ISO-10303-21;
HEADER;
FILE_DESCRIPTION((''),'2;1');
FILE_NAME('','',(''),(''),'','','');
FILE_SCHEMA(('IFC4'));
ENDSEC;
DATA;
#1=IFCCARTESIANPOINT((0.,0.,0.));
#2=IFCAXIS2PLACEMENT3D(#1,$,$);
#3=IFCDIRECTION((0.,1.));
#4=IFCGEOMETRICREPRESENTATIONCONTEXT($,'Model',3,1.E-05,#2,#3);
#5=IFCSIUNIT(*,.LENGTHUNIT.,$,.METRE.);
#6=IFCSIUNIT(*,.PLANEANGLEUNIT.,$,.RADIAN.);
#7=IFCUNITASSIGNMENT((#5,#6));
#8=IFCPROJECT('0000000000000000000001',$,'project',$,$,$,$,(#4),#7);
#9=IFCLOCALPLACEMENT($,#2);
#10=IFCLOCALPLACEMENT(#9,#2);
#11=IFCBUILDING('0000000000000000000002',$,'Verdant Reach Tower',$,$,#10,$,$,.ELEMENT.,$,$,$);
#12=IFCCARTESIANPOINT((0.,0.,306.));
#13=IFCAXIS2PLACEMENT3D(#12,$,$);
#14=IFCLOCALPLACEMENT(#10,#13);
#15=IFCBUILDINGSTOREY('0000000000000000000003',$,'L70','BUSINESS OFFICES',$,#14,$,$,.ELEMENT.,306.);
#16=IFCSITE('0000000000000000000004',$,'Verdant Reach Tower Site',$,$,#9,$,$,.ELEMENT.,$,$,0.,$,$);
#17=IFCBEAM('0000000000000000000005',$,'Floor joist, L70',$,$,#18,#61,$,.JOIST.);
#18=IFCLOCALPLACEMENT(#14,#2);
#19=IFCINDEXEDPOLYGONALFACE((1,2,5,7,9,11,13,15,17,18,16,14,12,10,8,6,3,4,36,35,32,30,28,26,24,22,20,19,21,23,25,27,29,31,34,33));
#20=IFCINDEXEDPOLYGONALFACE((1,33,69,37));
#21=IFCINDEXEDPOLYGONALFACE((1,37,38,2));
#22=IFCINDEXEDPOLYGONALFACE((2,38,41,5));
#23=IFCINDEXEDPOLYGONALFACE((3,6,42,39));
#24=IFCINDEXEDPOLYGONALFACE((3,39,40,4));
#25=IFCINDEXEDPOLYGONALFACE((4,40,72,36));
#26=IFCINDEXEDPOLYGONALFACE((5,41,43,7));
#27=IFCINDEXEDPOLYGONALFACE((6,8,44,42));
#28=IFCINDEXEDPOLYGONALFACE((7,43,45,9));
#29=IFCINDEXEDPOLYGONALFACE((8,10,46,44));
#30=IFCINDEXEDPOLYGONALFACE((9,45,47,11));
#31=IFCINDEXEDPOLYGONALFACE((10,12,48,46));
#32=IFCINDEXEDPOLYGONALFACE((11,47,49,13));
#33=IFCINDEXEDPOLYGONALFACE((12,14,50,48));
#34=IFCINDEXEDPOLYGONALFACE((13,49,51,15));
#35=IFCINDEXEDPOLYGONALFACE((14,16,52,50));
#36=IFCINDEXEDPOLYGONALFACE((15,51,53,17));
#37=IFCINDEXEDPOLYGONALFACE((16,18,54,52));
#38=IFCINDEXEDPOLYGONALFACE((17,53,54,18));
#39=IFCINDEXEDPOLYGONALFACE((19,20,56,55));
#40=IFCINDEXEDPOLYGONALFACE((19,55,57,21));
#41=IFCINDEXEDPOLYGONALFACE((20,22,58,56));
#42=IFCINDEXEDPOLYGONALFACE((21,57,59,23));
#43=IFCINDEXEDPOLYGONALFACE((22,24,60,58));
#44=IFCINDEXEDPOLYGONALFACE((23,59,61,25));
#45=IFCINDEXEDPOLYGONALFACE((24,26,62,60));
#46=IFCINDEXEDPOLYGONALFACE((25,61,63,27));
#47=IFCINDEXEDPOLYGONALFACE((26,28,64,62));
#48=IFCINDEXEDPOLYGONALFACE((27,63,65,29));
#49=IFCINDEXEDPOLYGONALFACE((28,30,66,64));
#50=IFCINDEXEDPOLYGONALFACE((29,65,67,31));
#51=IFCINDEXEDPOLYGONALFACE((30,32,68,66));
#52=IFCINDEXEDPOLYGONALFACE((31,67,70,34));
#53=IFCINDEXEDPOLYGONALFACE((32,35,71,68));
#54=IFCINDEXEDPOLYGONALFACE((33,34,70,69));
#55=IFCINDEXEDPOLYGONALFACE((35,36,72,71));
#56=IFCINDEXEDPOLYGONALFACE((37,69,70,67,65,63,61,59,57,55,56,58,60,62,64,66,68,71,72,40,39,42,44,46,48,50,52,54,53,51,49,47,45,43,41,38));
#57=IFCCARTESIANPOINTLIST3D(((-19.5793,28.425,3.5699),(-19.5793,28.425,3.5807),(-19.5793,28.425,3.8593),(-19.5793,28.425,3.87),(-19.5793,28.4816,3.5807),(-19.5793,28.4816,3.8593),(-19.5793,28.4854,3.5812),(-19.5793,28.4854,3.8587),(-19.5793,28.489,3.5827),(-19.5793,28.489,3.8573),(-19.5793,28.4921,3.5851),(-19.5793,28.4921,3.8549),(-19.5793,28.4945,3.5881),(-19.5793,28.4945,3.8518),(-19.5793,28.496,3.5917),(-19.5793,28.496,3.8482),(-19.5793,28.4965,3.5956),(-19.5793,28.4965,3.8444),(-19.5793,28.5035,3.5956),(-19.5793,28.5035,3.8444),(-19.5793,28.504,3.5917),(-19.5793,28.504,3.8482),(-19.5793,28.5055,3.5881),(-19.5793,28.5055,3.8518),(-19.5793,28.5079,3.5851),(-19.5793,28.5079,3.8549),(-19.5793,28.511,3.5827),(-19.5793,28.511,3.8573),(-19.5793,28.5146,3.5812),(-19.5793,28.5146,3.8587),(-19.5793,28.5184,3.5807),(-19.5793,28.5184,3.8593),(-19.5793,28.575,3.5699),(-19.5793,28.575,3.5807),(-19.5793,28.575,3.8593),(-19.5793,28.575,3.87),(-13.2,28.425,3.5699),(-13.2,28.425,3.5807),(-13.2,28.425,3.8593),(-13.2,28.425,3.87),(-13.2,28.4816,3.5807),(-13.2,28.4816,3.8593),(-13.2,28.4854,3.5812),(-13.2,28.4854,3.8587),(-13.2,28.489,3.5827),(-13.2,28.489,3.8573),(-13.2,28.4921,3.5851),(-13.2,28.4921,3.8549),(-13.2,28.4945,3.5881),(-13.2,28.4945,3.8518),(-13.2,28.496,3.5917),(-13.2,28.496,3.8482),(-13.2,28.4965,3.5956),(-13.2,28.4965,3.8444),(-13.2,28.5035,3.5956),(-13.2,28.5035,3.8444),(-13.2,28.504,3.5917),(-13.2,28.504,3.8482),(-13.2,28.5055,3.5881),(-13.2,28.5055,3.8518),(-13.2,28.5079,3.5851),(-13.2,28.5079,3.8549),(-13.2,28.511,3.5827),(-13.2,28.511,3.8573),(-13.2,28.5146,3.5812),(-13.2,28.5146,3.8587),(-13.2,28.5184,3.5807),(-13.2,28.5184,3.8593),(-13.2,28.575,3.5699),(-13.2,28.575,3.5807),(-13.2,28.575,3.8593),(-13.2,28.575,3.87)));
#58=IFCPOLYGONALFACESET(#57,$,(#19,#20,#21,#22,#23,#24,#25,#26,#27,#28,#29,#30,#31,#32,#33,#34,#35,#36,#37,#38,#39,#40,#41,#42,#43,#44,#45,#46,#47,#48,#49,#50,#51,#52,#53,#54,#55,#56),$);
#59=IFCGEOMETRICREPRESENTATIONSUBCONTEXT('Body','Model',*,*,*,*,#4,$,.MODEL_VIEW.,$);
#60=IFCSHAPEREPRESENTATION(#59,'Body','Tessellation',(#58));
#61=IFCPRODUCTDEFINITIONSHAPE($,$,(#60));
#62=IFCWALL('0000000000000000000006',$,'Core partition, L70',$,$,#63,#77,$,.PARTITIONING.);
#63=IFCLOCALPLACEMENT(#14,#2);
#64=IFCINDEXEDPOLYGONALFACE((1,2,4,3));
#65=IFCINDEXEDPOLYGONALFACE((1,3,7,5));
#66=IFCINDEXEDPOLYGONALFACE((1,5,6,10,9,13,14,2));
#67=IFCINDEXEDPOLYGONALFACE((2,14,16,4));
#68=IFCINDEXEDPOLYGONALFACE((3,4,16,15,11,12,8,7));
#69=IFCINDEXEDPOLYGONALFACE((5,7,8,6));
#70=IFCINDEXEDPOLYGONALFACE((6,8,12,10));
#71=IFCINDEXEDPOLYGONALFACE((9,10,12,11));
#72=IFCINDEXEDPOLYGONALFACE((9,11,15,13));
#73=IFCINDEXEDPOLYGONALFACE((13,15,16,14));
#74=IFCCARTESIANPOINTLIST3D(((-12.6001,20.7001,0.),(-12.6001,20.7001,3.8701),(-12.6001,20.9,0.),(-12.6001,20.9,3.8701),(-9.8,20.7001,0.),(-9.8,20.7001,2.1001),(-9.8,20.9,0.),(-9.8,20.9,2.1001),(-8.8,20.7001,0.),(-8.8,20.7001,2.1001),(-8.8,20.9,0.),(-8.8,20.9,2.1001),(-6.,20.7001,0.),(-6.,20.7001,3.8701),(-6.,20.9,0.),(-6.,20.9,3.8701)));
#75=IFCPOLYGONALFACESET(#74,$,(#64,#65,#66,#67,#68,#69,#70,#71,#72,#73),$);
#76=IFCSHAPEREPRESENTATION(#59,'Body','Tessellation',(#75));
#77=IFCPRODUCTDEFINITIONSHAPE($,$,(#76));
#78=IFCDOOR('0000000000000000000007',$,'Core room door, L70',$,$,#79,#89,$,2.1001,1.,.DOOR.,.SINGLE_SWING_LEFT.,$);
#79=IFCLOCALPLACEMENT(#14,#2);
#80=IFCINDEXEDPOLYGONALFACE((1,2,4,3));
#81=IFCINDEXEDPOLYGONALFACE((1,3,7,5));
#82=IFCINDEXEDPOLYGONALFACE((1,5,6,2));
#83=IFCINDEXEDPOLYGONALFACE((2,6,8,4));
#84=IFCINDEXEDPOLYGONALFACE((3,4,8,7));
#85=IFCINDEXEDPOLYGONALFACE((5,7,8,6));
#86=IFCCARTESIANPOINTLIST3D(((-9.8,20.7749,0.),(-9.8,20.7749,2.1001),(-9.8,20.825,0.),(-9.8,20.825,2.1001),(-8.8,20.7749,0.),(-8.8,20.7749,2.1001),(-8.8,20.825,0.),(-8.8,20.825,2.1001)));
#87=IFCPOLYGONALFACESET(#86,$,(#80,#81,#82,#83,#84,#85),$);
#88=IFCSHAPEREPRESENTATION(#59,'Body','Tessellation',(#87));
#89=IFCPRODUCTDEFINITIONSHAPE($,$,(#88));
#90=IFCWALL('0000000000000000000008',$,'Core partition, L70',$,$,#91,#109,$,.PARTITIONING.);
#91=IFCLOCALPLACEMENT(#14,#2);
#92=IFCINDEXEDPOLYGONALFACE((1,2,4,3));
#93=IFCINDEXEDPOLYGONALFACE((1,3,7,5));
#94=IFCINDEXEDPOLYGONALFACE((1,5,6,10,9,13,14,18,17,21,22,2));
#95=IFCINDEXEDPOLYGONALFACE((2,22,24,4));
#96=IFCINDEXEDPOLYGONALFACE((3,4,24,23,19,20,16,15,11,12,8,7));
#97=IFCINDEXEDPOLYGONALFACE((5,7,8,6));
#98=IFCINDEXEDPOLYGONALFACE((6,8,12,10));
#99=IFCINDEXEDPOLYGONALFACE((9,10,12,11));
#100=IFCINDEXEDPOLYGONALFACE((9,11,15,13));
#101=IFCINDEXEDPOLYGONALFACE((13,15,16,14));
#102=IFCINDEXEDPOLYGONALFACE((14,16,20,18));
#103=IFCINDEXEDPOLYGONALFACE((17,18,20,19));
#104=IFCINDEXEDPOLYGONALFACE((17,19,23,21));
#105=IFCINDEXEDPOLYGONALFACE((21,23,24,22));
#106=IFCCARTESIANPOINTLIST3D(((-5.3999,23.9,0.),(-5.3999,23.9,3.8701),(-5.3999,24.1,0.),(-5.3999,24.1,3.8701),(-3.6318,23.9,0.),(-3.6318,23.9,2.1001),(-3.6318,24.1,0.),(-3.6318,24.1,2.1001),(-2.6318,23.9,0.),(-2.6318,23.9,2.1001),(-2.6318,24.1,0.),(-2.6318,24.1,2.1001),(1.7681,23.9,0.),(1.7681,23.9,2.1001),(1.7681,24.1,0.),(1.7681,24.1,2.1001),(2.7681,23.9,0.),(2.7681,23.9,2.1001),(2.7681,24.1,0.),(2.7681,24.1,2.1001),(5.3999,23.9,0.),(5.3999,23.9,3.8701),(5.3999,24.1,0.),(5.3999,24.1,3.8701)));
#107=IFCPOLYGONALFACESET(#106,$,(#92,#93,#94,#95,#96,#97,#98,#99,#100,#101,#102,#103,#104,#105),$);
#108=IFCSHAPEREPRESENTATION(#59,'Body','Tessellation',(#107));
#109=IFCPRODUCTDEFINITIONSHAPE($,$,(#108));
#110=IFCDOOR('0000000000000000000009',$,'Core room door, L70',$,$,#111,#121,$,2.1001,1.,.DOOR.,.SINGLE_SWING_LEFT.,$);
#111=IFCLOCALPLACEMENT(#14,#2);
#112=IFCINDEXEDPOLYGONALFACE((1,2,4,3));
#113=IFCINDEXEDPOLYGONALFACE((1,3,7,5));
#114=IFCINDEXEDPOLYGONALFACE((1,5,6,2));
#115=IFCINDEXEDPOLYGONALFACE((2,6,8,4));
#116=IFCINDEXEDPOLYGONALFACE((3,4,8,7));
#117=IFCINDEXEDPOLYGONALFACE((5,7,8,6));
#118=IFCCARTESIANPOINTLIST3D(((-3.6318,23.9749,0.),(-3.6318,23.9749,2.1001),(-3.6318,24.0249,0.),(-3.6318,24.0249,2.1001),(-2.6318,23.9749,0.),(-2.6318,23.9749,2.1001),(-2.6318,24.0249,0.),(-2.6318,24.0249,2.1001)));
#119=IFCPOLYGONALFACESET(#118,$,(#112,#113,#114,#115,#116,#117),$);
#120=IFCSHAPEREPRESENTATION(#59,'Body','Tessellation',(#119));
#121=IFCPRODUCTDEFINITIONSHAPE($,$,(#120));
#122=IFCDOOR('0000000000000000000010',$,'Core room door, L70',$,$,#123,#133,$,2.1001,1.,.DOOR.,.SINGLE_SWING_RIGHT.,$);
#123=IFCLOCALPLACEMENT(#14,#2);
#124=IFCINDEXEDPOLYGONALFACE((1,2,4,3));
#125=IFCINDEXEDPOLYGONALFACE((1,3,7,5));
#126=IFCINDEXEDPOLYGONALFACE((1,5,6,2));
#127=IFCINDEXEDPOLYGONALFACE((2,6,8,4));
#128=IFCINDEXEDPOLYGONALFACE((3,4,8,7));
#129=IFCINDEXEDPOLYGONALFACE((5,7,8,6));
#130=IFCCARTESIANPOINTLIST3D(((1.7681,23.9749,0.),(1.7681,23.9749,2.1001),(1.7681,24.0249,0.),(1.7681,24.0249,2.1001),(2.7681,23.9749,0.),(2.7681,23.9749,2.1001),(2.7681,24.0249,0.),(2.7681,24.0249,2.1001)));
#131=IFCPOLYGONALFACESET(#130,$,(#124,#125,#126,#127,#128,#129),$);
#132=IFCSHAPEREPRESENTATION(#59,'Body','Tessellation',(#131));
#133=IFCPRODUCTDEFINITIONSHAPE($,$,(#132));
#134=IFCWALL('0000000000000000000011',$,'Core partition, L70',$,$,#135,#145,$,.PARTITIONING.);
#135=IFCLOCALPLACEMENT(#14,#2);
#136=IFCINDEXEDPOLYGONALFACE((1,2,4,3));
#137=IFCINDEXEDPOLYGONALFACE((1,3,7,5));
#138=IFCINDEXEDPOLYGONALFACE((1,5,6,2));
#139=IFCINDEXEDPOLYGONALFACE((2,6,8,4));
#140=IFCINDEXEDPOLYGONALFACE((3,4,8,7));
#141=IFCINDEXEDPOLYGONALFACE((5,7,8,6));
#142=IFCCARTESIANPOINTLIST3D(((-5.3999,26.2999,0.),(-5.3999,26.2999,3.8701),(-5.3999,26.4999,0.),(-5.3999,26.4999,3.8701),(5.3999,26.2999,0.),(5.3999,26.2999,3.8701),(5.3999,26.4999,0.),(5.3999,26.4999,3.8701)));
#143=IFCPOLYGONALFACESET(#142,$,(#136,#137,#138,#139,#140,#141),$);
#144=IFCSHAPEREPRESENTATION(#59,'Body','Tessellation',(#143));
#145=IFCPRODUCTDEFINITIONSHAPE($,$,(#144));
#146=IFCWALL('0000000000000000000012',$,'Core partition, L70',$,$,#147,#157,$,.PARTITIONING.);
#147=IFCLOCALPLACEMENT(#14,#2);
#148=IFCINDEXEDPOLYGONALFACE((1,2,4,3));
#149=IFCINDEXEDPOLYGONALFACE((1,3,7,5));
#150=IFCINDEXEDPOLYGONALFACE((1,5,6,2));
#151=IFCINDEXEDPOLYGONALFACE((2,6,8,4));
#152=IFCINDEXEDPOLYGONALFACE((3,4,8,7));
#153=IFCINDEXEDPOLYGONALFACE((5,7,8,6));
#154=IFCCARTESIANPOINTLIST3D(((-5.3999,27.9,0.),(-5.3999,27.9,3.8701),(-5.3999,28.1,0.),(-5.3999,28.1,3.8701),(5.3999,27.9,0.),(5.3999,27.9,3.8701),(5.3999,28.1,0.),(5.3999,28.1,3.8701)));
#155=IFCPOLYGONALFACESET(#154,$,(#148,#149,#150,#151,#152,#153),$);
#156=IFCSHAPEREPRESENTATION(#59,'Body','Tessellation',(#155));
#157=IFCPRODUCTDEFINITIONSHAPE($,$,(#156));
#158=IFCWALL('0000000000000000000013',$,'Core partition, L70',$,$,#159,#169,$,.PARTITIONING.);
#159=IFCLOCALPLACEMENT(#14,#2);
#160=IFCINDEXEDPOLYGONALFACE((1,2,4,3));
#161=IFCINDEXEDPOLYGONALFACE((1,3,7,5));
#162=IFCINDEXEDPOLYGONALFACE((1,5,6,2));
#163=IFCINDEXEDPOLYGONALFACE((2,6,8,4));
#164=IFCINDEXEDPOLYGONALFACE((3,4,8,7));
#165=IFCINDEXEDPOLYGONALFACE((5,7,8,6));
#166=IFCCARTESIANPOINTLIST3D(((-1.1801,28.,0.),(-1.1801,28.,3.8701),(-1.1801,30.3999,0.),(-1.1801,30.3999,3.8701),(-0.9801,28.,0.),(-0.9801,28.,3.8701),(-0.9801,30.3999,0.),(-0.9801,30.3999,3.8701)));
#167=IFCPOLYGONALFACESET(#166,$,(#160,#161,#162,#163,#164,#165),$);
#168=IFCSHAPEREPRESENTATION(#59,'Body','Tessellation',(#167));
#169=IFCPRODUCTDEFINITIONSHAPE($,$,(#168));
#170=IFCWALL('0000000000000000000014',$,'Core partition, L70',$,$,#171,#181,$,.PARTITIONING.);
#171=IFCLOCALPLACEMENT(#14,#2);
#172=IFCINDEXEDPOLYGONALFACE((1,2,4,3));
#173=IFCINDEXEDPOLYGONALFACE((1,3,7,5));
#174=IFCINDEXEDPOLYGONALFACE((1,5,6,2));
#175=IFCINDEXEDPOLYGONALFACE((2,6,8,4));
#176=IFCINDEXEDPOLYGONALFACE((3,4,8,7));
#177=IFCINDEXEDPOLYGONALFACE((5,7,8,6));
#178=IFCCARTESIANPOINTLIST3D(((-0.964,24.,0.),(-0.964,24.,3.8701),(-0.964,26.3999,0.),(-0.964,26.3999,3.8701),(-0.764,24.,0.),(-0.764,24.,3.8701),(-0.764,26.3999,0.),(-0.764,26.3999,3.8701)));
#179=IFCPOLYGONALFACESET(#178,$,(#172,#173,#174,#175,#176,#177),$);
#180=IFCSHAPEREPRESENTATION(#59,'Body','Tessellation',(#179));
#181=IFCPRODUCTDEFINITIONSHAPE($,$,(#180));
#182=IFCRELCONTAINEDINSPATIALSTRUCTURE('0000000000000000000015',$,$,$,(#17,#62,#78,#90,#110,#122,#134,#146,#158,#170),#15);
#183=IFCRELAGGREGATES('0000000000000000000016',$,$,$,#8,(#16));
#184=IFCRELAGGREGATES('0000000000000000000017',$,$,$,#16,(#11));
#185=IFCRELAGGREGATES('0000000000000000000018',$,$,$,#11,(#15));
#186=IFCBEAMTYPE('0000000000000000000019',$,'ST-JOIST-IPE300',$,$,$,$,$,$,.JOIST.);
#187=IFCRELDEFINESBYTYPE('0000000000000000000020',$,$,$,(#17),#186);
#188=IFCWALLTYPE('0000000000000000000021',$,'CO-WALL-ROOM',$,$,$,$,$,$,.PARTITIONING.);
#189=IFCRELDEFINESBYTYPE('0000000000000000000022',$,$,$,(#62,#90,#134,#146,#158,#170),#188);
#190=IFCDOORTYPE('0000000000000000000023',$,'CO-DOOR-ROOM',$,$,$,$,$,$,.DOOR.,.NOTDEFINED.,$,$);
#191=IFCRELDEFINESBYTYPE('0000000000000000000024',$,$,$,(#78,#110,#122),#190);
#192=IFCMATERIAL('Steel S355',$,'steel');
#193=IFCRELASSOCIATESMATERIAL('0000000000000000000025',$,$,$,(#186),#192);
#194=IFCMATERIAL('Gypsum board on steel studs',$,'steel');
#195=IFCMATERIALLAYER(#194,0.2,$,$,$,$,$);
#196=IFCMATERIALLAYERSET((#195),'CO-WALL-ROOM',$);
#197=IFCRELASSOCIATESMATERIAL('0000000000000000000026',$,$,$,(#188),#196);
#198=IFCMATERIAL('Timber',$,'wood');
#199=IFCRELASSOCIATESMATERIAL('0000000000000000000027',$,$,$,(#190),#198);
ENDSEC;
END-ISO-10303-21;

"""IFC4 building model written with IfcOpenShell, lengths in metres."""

from ifc_helpers import new_model, si_unit, direction, frame, frame_2d, origin, origin_2d, place, context, subcontext, project, spatial, rectangle, i_section, extrude, material, layer, layer_set, material_profile, profile_set, type_object, element, fill, save


model = new_model("IFC4")

# Units and contexts
model_context = context("Model", 3, precision=1e-05, world=origin(), true_north=direction((0.0, 1.0)))
body_context = subcontext(model_context, "Body", "Model", "MODEL_VIEW")
ifc_project = project(units=[si_unit("LENGTHUNIT", "METRE"), si_unit("PLANEANGLEUNIT", "RADIAN")], contexts=[model_context])

# Site, building, storey
site_placement = place(None, origin())
site = spatial("IfcSite", under=ifc_project, at=site_placement, Name="Verdant Reach Tower Site", CompositionType="ELEMENT", RefElevation=0.0)
building_placement = place(site_placement, origin())
building = spatial("IfcBuilding", under=site, at=building_placement, Name="Verdant Reach Tower", CompositionType="ELEMENT")
storey_placement = place(building_placement, frame((0.0, 0.0, 306.0)))
storey = spatial("IfcBuildingStorey", under=building, at=storey_placement, Name="L70", Description="BUSINESS OFFICES", CompositionType="ELEMENT", Elevation=306.0)

# Beam
ifc_material_1 = material(Name="Steel S355", Category="steel")
ifc_material_profile = material_profile(ifc_material_1, i_section(OverallWidth=0.1499, OverallDepth=0.3, WebThickness=0.0071, FlangeThickness=0.0107, FilletRadius=0.0149, at=origin_2d()), Name="IPE 300")
ifc_profile_set = profile_set([ifc_material_profile], Name="Steel S355")
beam_type = type_object("IfcBeamType", Name="ST-JOIST-IPE300", PredefinedType="JOIST", material=ifc_profile_set)
beam_placement = place(storey_placement, frame((-13.2, 28.5, 3.72), z_axis=(-1.0, 0.0, 0.0), x_axis=(0.0, -1.0, 0.0)))
element("IfcBeam", 1, at=beam_placement, inside=storey, type_object=beam_type, Name="Floor joist, L70", PredefinedType="JOIST", context=body_context, shape_type="SweptSolid", body=[
    extrude(i_section(OverallWidth=0.1499, OverallDepth=0.3, WebThickness=0.0071, FlangeThickness=0.0107, FilletRadius=0.0149, at=origin_2d()), origin(), (0.0, 0.0, 1.0), 6.3794),
])

# Wall, opening, door
ifc_material_2 = material(Name="Gypsum board on steel studs", Category="steel")
ifc_layer_1 = layer(ifc_material_2, 0.2)
ifc_layer_set_1 = layer_set([ifc_layer_1], Name="CO-WALL-ROOM")
wall_type_1 = type_object("IfcWallType", Name="CO-WALL-ROOM", PredefinedType="PARTITIONING", material=ifc_layer_set_1)
wall_1_placement = place(storey_placement, frame((-12.6001, 20.8, 0.0), z_axis=(0.0, 0.0, 1.0), x_axis=(1.0, 0.0, 0.0)))
wall_1 = element("IfcWall", 2, at=wall_1_placement, inside=storey, type_object=wall_type_1, Name="Core partition, L70", PredefinedType="PARTITIONING", context=body_context, shape_type="SweptSolid", body=[
    extrude(rectangle(XDim=6.6001, YDim=0.2, at=frame_2d((3.3, 0.0))), origin(), (0.0, 0.0, 1.0), 3.8701),
])
opening_1_placement = place(wall_1_placement, frame((2.8, 0.0, 0.0)))
opening_1 = element("IfcOpeningElement", 3, at=opening_1_placement, cuts=wall_1, PredefinedType="OPENING", context=body_context, shape_type="SweptSolid", body=[
    extrude(rectangle(XDim=1.0, YDim=2.1001, at=frame_2d((0.5, 1.05))), frame((0.0, 0.1099, 0.0), z_axis=(0.0, -1.0, 0.0), x_axis=(1.0, 0.0, 0.0)), (0.0, 0.0, 1.0), 0.22),
])
ifc_material_3 = material(Name="Timber", Category="wood")
door_type_1 = type_object("IfcDoorType", Name="CO-DOOR-ROOM", OperationType="NOTDEFINED", PredefinedType="DOOR", material=ifc_material_3)
door_1_placement = place(opening_1_placement, origin())
door_1 = element("IfcDoor", 4, at=door_1_placement, inside=storey, type_object=door_type_1, Name="Core room door, L70", OperationType="SINGLE_SWING_LEFT", OverallHeight=2.1001, OverallWidth=1.0, PredefinedType="DOOR", context=body_context, shape_type="SweptSolid", body=[
    extrude(rectangle(XDim=1.0, YDim=2.1001, at=frame_2d((0.5, 1.05))), frame((0.0, 0.0249, 0.0), z_axis=(0.0, -1.0, 0.0), x_axis=(1.0, 0.0, 0.0)), (0.0, 0.0, 1.0), 0.05),
])
fill(opening_1, door_1)

# Wall, openings, doors
wall_2_placement = place(storey_placement, frame((-5.3999, 24.0, 0.0), z_axis=(0.0, 0.0, 1.0), x_axis=(1.0, 0.0, 0.0)))
wall_2 = element("IfcWall", 5, at=wall_2_placement, inside=storey, type_object=wall_type_1, Name="Core partition, L70", PredefinedType="PARTITIONING", context=body_context, shape_type="SweptSolid", body=[
    extrude(rectangle(XDim=10.7998, YDim=0.2, at=frame_2d((5.3999, 0.0))), origin(), (0.0, 0.0, 1.0), 3.8701),
])
opening_2_placement = place(wall_2_placement, frame((1.7681, 0.0, 0.0)))
opening_2 = element("IfcOpeningElement", 6, at=opening_2_placement, cuts=wall_2, PredefinedType="OPENING", context=body_context, shape_type="SweptSolid", body=[
    extrude(rectangle(XDim=1.0, YDim=2.1001, at=frame_2d((0.5, 1.05))), frame((0.0, 0.1099, 0.0), z_axis=(0.0, -1.0, 0.0), x_axis=(1.0, 0.0, 0.0)), (0.0, 0.0, 1.0), 0.22),
])
opening_3_placement = place(wall_2_placement, frame((7.168, 0.0, 0.0)))
opening_3 = element("IfcOpeningElement", 7, at=opening_3_placement, cuts=wall_2, PredefinedType="OPENING", context=body_context, shape_type="SweptSolid", body=[
    extrude(rectangle(XDim=1.0, YDim=2.1001, at=frame_2d((0.5, 1.05))), frame((0.0, 0.1099, 0.0), z_axis=(0.0, -1.0, 0.0), x_axis=(1.0, 0.0, 0.0)), (0.0, 0.0, 1.0), 0.22),
])
door_2_placement = place(opening_2_placement, origin())
door_2 = element("IfcDoor", 8, at=door_2_placement, inside=storey, type_object=door_type_1, Name="Core room door, L70", OperationType="SINGLE_SWING_LEFT", OverallHeight=2.1001, OverallWidth=1.0, PredefinedType="DOOR", context=body_context, shape_type="SweptSolid", body=[
    extrude(rectangle(XDim=1.0, YDim=2.1001, at=frame_2d((0.5, 1.05))), frame((0.0, 0.0249, 0.0), z_axis=(0.0, -1.0, 0.0), x_axis=(1.0, 0.0, 0.0)), (0.0, 0.0, 1.0), 0.05),
])
fill(opening_2, door_2)
door_3_placement = place(opening_3_placement, origin())
door_3 = element("IfcDoor", 9, at=door_3_placement, inside=storey, type_object=door_type_1, Name="Core room door, L70", OperationType="SINGLE_SWING_RIGHT", OverallHeight=2.1001, OverallWidth=1.0, PredefinedType="DOOR", context=body_context, shape_type="SweptSolid", body=[
    extrude(rectangle(XDim=1.0, YDim=2.1001, at=frame_2d((0.5, 1.05))), frame((0.0, 0.0249, 0.0), z_axis=(0.0, -1.0, 0.0), x_axis=(1.0, 0.0, 0.0)), (0.0, 0.0, 1.0), 0.05),
])
fill(opening_3, door_3)

# Walls
for number, where, z_axis, x_axis, name in (
    (10, (-5.3999, 26.3999, 0.0), (0.0, 0.0, 1.0), (1.0, 0.0, 0.0), "Core partition, L70"),
    (11, (-5.3999, 28.0, 0.0), (0.0, 0.0, 1.0), (1.0, 0.0, 0.0), "Core partition, L70"),
):
    element("IfcWall", number, at=place(storey_placement, frame(where, z_axis=z_axis, x_axis=x_axis)), inside=storey, type_object=wall_type_1, Name=name, PredefinedType="PARTITIONING", context=body_context, shape_type="SweptSolid", body=[
        extrude(rectangle(XDim=10.7998, YDim=0.2, at=frame_2d((5.3999, 0.0))), origin(), (0.0, 0.0, 1.0), 3.8701),
    ])
for number, where, z_axis, x_axis, name in (
    (12, (-1.0801, 28.0, 0.0), (0.0, 0.0, 1.0), (0.0, 1.0, 0.0), "Core partition, L70"),
    (13, (-0.864, 24.0, 0.0), (0.0, 0.0, 1.0), (0.0, 1.0, 0.0), "Core partition, L70"),
):
    element("IfcWall", number, at=place(storey_placement, frame(where, z_axis=z_axis, x_axis=x_axis)), inside=storey, type_object=wall_type_1, Name=name, PredefinedType="PARTITIONING", context=body_context, shape_type="SweptSolid", body=[
        extrude(rectangle(XDim=2.3999, YDim=0.2, at=frame_2d((1.2, 0.0))), origin(), (0.0, 0.0, 1.0), 3.8701),
    ])

save(model, "model.ifc")
